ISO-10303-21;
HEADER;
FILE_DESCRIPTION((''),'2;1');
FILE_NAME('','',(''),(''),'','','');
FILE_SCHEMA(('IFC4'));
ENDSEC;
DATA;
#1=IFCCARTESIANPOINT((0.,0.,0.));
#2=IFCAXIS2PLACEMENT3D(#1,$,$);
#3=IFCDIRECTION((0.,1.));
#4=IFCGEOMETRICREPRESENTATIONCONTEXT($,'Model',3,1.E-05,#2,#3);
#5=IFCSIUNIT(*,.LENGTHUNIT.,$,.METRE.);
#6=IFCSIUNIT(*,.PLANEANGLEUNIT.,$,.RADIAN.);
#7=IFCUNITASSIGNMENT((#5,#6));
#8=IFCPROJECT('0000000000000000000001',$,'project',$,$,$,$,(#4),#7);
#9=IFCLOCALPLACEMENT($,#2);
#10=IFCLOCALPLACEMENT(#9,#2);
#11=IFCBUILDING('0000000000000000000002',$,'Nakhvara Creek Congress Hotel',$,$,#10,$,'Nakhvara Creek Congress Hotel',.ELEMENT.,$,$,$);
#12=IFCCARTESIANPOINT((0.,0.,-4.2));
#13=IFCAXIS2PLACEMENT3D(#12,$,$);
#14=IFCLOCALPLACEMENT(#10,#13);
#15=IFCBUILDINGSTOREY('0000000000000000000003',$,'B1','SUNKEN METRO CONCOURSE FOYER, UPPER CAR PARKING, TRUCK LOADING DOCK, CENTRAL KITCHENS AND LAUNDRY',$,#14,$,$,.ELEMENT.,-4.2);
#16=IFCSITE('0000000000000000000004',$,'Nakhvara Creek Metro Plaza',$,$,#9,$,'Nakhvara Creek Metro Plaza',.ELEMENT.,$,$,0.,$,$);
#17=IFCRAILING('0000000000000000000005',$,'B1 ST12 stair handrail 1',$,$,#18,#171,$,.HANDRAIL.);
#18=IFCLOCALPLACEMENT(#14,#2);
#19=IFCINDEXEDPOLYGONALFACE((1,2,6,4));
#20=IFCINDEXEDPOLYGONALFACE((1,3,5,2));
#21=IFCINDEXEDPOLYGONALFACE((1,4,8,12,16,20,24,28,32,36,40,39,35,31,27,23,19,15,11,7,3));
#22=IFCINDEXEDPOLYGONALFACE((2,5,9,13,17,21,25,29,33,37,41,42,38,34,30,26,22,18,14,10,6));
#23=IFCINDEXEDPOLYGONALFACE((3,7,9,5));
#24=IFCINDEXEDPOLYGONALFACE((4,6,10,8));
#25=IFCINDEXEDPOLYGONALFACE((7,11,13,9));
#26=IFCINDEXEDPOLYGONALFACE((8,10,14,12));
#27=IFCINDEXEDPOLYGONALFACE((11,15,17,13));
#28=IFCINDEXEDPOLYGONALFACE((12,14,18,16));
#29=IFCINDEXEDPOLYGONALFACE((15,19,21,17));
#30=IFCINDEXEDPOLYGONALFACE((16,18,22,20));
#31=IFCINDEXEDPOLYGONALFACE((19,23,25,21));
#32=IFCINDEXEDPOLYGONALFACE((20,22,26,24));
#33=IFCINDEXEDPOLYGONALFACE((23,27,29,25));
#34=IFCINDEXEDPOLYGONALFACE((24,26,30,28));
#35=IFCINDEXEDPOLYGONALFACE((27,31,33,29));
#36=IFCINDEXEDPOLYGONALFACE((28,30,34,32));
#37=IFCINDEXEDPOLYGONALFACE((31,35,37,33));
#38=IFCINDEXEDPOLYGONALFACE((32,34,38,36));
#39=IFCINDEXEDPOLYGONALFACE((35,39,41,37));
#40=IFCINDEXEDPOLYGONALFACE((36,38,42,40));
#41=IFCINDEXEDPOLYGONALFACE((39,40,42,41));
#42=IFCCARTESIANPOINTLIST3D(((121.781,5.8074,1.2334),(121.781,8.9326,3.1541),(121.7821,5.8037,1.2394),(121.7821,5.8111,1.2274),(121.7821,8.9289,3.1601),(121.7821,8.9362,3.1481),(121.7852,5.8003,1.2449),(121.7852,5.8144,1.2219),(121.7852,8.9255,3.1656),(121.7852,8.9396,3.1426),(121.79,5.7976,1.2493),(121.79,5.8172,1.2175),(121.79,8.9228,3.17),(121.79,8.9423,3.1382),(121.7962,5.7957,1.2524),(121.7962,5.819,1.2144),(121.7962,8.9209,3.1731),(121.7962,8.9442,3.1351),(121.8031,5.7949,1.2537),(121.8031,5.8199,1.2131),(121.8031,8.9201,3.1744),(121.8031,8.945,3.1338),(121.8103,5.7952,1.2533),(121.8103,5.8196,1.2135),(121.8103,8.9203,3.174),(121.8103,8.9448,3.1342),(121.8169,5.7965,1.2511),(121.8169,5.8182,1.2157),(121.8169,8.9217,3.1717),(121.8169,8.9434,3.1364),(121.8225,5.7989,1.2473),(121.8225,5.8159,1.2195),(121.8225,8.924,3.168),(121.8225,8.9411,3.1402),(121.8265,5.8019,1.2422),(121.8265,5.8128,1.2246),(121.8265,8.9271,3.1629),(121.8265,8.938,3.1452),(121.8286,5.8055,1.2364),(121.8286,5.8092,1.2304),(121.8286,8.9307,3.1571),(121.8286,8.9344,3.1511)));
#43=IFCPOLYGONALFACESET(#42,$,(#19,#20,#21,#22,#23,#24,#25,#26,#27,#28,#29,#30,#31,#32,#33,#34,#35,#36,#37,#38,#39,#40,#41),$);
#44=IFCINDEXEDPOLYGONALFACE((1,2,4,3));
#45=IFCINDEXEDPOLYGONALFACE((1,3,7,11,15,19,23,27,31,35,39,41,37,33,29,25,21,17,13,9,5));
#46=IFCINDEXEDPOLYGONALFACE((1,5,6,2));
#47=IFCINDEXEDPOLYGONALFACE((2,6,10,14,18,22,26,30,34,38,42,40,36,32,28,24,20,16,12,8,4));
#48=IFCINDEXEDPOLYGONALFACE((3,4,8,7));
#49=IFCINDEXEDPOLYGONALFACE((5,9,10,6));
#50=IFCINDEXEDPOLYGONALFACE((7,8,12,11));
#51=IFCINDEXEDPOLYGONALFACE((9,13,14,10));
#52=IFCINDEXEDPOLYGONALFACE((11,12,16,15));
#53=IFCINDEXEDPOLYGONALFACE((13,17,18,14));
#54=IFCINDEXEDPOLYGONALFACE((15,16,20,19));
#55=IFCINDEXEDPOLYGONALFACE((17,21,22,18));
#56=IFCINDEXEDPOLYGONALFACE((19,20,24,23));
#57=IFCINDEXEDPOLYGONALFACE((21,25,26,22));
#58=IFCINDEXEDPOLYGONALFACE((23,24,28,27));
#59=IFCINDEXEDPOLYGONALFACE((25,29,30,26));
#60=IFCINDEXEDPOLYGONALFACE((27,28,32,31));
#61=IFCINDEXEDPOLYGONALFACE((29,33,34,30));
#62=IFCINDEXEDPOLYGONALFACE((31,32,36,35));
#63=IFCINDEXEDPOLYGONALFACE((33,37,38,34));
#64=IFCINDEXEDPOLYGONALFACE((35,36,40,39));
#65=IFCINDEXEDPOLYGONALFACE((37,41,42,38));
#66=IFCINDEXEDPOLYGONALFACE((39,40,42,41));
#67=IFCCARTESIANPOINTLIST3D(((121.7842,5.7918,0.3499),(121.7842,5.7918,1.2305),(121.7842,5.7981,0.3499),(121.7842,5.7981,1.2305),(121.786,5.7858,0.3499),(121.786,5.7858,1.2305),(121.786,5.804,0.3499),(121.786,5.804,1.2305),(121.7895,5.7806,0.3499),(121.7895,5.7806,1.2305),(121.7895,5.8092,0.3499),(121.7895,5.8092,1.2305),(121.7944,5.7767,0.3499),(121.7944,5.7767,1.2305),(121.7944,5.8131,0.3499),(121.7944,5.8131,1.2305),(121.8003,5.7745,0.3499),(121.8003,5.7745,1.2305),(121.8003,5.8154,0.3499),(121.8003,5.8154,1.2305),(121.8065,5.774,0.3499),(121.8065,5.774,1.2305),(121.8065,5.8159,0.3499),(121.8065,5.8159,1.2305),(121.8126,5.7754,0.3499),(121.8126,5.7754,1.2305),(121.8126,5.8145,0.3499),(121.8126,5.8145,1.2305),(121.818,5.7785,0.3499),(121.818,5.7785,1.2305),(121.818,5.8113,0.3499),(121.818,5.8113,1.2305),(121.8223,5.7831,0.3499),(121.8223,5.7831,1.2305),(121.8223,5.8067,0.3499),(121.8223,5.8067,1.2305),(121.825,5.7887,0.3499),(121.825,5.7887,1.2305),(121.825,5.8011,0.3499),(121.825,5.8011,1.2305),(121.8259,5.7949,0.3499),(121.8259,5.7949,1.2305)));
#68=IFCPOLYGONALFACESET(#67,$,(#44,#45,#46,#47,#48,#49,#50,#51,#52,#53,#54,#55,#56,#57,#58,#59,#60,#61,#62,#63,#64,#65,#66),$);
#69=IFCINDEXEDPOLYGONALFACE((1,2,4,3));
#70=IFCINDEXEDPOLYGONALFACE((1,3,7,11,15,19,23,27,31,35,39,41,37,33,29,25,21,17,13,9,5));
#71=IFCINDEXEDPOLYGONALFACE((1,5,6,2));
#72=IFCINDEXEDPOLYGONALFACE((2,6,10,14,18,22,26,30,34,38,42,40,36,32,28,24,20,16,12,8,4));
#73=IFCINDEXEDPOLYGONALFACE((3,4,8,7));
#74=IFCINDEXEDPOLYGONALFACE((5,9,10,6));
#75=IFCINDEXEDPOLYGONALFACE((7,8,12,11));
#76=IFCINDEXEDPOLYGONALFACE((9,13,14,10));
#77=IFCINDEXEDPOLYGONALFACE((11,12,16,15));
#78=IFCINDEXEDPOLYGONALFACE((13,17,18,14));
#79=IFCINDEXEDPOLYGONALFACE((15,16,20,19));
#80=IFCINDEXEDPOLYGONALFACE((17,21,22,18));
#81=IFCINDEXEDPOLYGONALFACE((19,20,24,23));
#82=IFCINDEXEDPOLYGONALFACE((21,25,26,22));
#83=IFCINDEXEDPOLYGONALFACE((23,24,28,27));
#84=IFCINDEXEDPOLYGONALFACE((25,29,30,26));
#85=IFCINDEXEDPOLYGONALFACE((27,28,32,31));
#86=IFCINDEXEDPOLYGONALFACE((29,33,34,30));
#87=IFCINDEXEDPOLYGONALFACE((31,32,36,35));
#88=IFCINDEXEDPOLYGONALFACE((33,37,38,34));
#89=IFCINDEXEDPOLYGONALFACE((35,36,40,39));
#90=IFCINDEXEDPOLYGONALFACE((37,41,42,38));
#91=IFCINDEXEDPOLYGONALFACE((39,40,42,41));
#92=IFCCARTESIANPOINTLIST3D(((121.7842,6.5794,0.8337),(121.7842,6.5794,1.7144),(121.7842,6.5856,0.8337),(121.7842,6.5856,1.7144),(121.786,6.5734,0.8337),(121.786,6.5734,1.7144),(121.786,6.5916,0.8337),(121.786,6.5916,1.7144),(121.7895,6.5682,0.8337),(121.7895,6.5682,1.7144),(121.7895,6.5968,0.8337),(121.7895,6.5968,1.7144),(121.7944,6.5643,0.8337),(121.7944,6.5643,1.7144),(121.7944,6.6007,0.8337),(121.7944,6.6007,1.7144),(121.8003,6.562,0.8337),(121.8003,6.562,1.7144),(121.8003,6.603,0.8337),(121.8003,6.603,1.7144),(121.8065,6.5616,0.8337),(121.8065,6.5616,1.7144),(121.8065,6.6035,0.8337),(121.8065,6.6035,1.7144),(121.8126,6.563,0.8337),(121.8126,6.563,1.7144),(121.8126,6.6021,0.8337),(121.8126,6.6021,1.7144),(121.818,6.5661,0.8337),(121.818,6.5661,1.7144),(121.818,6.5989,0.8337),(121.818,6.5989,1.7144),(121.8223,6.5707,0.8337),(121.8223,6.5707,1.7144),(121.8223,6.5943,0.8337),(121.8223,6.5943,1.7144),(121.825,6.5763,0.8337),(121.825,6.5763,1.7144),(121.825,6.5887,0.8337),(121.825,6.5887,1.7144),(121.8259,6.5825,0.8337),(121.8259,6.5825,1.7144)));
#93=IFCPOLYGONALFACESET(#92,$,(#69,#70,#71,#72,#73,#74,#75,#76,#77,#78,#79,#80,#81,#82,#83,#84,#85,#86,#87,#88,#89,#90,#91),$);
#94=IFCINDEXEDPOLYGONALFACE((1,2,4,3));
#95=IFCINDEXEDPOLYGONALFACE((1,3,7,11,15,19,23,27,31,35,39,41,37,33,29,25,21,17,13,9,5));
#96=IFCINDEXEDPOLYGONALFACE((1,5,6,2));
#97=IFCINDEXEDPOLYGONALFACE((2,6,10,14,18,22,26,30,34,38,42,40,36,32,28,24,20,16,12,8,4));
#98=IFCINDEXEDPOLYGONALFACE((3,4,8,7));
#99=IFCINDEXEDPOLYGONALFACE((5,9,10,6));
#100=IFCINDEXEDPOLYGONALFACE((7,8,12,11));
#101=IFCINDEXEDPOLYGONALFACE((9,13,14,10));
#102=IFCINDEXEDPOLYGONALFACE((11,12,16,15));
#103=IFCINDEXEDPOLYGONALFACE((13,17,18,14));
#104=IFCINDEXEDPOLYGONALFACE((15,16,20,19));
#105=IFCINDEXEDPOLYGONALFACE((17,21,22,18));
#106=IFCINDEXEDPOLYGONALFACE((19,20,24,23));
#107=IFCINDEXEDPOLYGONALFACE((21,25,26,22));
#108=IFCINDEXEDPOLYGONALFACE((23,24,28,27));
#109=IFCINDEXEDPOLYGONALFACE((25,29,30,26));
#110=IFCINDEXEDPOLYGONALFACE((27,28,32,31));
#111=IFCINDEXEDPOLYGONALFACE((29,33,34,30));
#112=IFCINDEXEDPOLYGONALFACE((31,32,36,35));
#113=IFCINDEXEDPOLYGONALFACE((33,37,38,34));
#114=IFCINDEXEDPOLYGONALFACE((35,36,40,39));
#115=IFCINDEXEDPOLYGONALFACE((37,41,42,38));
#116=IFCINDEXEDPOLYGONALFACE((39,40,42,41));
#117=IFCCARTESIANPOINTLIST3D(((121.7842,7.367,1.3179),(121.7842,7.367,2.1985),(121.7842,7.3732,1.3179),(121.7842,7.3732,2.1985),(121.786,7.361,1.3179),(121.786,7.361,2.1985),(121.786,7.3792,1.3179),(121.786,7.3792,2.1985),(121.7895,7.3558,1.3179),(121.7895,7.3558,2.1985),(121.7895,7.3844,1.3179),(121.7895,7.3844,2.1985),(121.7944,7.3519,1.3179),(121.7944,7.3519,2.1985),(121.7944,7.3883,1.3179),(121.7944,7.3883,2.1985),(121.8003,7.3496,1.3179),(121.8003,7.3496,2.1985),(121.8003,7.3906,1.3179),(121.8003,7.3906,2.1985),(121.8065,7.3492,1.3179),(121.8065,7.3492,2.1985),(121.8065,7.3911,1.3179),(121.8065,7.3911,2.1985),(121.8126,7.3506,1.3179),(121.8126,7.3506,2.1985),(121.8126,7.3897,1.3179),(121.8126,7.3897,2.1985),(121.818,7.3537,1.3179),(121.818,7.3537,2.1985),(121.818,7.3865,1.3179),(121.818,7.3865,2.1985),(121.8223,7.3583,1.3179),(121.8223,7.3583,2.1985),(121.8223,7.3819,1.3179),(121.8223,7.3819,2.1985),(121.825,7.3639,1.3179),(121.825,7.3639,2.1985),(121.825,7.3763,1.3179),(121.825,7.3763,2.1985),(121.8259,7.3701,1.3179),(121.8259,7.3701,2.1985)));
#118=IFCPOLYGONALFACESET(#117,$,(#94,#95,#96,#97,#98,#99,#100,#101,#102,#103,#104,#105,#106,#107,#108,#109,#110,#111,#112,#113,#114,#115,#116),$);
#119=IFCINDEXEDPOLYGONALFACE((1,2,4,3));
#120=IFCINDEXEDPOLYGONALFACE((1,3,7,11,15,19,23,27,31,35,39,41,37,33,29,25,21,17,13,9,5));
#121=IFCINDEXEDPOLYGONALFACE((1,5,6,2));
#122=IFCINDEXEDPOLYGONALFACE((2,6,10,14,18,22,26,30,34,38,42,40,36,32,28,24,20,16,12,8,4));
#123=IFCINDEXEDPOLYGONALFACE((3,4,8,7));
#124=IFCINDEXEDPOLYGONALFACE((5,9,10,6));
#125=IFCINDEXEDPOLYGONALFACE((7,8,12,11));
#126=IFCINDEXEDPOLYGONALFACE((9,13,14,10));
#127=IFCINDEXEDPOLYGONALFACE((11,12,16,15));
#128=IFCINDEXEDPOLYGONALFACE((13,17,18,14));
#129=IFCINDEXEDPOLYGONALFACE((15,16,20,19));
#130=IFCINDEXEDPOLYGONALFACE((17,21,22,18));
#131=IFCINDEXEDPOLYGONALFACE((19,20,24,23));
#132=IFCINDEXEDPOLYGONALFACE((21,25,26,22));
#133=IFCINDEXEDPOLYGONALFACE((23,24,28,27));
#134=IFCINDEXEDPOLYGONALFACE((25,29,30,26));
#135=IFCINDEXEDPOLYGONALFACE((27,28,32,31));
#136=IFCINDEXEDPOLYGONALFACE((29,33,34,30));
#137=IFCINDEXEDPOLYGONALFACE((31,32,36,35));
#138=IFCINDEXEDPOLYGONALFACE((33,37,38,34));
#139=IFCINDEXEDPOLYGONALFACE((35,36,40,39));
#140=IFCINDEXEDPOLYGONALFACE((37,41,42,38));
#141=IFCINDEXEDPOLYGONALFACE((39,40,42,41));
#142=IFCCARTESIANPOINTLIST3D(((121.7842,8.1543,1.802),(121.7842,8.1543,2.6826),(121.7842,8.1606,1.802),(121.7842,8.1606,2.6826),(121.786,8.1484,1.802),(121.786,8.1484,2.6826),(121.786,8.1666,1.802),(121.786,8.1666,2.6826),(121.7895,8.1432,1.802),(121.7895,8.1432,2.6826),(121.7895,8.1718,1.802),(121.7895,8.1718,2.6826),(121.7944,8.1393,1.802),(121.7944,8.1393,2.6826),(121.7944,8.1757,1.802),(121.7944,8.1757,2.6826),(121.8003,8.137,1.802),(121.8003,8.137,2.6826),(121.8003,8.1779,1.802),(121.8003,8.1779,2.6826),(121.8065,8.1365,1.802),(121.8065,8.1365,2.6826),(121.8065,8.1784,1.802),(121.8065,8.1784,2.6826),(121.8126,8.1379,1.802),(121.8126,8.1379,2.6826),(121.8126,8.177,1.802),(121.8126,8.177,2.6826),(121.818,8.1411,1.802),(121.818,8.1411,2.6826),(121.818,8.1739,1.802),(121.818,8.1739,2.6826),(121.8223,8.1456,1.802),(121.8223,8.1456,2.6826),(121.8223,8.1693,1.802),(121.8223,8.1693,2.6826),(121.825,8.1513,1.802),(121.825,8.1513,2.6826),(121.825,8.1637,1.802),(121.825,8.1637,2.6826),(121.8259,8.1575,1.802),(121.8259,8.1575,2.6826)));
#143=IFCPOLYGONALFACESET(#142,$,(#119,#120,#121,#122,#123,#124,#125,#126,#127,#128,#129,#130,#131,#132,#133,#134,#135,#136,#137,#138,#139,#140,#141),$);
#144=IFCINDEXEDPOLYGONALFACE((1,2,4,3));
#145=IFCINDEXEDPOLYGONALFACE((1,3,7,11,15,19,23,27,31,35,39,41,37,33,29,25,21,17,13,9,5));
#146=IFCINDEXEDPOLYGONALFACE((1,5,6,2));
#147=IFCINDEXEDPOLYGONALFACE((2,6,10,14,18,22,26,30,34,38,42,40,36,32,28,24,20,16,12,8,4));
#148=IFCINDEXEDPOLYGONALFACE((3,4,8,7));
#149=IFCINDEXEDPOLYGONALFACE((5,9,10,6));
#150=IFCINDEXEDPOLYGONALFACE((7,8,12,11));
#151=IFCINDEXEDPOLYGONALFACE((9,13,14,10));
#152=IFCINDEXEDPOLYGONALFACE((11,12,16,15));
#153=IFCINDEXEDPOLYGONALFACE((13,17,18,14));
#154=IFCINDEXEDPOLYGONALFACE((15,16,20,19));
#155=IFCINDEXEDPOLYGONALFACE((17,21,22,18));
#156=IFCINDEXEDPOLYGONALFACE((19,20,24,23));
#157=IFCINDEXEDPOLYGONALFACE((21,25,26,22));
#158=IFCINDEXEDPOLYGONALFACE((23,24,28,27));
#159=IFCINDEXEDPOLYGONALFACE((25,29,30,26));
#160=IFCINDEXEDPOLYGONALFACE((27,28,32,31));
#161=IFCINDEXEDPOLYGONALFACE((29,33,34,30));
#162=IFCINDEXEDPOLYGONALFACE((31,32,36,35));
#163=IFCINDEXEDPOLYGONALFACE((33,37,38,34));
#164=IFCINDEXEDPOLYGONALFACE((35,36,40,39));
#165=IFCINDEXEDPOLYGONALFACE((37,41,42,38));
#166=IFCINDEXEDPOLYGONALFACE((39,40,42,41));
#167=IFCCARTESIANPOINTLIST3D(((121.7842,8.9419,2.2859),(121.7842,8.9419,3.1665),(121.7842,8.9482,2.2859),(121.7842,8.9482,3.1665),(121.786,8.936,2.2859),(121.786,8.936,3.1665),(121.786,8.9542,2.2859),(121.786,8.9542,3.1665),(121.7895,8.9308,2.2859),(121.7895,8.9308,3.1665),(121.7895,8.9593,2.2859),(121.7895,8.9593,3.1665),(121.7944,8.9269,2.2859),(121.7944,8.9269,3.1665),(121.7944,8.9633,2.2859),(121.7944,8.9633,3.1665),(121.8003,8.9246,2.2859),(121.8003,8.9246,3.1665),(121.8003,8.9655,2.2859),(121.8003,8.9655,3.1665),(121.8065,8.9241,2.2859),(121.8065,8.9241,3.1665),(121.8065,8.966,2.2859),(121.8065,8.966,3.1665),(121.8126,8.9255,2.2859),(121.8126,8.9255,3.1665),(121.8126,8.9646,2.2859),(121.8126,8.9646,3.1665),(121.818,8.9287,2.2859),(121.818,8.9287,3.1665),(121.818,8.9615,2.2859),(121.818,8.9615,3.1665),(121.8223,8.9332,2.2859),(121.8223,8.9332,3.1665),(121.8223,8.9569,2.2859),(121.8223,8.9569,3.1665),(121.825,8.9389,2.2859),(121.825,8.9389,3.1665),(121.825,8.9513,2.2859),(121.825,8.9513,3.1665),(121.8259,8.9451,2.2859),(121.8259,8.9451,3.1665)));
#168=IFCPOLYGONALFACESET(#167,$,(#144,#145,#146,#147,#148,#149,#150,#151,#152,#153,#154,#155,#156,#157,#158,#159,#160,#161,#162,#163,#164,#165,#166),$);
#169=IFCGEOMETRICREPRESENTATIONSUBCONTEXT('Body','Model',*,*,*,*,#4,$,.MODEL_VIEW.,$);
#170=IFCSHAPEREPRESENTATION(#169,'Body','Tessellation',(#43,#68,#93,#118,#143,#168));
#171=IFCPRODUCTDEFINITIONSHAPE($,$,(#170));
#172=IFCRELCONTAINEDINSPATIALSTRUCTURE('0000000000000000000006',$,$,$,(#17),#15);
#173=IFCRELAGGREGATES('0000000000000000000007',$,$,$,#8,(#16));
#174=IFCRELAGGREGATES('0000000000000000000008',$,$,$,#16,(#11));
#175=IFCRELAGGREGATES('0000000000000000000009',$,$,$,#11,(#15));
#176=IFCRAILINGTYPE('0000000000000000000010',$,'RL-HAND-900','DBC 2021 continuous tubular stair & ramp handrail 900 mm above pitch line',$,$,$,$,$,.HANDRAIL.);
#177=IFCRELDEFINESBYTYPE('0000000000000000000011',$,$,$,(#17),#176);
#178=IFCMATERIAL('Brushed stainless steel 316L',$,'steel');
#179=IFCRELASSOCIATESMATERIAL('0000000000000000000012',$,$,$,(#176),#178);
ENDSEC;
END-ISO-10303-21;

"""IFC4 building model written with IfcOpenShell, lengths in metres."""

from ifc_helpers import new_model, si_unit, direction, frame, origin, origin_2d, place, context, subcontext, project, spatial, circle, extrude, material, type_object, element, save


model = new_model("IFC4")

# Units and contexts
model_context = context("Model", 3, precision=1e-05, world=origin(), true_north=direction((0.0, 1.0)))
body_context = subcontext(model_context, "Body", "Model", "MODEL_VIEW")
ifc_project = project(units=[si_unit("LENGTHUNIT", "METRE"), si_unit("PLANEANGLEUNIT", "RADIAN")], contexts=[model_context])

# Site, building, storey
site_placement = place(None, origin())
site = spatial("IfcSite", under=ifc_project, at=site_placement, Name="Nakhvara Creek Metro Plaza", LongName="Nakhvara Creek Metro Plaza", CompositionType="ELEMENT", RefElevation=0.0)
building_placement = place(site_placement, origin())
building = spatial("IfcBuilding", under=site, at=building_placement, Name="Nakhvara Creek Congress Hotel", LongName="Nakhvara Creek Congress Hotel", CompositionType="ELEMENT")
storey_placement = place(building_placement, frame((0.0, 0.0, -4.2)))
storey = spatial("IfcBuildingStorey", under=building, at=storey_placement, Name="B1", Description="SUNKEN METRO CONCOURSE FOYER, UPPER CAR PARKING, TRUCK LOADING DOCK, CENTRAL KITCHENS AND LAUNDRY", CompositionType="ELEMENT", Elevation=-4.2)

# Railing
ifc_material_1 = material(Name="Brushed stainless steel 316L", Category="steel")
railing_type_1 = type_object("IfcRailingType", Name="RL-HAND-900", Description="DBC 2021 continuous tubular stair & ramp handrail 900 mm above pitch line", PredefinedType="HANDRAIL", material=ifc_material_1)
railing_1_placement = place(storey_placement, frame((121.8049, 5.7949, 0.3499)))
element("IfcRailing", 1, at=railing_1_placement, inside=storey, type_object=railing_type_1, Name="B1 ST12 stair handrail 1", PredefinedType="HANDRAIL", context=body_context, shape_type="SweptSolid", body=[
    extrude(circle(Radius=0.0239, at=origin_2d()), frame((0.0, 0.0125, 0.8835), z_axis=(0.0, 0.851962, 0.523604), x_axis=(-1.0, 0.0, 0.0)), (0.0, 0.0, 1.0), 3.6682),
    extrude(circle(Radius=0.021, at=origin_2d()), origin(), (0.0, 0.0, 1.0), 0.8806),
    extrude(circle(Radius=0.021, at=origin_2d()), frame((0.0, 0.7876, 0.4839)), (0.0, 0.0, 1.0), 0.8806),
    extrude(circle(Radius=0.021, at=origin_2d()), frame((0.0, 1.5752, 0.968)), (0.0, 0.0, 1.0), 0.8806),
    extrude(circle(Radius=0.021, at=origin_2d()), frame((0.0, 2.3625, 1.4521)), (0.0, 0.0, 1.0), 0.8806),
    extrude(circle(Radius=0.021, at=origin_2d()), frame((0.0, 3.1501, 1.936)), (0.0, 0.0, 1.0), 0.8806),
])

save(model, "model.ifc")
